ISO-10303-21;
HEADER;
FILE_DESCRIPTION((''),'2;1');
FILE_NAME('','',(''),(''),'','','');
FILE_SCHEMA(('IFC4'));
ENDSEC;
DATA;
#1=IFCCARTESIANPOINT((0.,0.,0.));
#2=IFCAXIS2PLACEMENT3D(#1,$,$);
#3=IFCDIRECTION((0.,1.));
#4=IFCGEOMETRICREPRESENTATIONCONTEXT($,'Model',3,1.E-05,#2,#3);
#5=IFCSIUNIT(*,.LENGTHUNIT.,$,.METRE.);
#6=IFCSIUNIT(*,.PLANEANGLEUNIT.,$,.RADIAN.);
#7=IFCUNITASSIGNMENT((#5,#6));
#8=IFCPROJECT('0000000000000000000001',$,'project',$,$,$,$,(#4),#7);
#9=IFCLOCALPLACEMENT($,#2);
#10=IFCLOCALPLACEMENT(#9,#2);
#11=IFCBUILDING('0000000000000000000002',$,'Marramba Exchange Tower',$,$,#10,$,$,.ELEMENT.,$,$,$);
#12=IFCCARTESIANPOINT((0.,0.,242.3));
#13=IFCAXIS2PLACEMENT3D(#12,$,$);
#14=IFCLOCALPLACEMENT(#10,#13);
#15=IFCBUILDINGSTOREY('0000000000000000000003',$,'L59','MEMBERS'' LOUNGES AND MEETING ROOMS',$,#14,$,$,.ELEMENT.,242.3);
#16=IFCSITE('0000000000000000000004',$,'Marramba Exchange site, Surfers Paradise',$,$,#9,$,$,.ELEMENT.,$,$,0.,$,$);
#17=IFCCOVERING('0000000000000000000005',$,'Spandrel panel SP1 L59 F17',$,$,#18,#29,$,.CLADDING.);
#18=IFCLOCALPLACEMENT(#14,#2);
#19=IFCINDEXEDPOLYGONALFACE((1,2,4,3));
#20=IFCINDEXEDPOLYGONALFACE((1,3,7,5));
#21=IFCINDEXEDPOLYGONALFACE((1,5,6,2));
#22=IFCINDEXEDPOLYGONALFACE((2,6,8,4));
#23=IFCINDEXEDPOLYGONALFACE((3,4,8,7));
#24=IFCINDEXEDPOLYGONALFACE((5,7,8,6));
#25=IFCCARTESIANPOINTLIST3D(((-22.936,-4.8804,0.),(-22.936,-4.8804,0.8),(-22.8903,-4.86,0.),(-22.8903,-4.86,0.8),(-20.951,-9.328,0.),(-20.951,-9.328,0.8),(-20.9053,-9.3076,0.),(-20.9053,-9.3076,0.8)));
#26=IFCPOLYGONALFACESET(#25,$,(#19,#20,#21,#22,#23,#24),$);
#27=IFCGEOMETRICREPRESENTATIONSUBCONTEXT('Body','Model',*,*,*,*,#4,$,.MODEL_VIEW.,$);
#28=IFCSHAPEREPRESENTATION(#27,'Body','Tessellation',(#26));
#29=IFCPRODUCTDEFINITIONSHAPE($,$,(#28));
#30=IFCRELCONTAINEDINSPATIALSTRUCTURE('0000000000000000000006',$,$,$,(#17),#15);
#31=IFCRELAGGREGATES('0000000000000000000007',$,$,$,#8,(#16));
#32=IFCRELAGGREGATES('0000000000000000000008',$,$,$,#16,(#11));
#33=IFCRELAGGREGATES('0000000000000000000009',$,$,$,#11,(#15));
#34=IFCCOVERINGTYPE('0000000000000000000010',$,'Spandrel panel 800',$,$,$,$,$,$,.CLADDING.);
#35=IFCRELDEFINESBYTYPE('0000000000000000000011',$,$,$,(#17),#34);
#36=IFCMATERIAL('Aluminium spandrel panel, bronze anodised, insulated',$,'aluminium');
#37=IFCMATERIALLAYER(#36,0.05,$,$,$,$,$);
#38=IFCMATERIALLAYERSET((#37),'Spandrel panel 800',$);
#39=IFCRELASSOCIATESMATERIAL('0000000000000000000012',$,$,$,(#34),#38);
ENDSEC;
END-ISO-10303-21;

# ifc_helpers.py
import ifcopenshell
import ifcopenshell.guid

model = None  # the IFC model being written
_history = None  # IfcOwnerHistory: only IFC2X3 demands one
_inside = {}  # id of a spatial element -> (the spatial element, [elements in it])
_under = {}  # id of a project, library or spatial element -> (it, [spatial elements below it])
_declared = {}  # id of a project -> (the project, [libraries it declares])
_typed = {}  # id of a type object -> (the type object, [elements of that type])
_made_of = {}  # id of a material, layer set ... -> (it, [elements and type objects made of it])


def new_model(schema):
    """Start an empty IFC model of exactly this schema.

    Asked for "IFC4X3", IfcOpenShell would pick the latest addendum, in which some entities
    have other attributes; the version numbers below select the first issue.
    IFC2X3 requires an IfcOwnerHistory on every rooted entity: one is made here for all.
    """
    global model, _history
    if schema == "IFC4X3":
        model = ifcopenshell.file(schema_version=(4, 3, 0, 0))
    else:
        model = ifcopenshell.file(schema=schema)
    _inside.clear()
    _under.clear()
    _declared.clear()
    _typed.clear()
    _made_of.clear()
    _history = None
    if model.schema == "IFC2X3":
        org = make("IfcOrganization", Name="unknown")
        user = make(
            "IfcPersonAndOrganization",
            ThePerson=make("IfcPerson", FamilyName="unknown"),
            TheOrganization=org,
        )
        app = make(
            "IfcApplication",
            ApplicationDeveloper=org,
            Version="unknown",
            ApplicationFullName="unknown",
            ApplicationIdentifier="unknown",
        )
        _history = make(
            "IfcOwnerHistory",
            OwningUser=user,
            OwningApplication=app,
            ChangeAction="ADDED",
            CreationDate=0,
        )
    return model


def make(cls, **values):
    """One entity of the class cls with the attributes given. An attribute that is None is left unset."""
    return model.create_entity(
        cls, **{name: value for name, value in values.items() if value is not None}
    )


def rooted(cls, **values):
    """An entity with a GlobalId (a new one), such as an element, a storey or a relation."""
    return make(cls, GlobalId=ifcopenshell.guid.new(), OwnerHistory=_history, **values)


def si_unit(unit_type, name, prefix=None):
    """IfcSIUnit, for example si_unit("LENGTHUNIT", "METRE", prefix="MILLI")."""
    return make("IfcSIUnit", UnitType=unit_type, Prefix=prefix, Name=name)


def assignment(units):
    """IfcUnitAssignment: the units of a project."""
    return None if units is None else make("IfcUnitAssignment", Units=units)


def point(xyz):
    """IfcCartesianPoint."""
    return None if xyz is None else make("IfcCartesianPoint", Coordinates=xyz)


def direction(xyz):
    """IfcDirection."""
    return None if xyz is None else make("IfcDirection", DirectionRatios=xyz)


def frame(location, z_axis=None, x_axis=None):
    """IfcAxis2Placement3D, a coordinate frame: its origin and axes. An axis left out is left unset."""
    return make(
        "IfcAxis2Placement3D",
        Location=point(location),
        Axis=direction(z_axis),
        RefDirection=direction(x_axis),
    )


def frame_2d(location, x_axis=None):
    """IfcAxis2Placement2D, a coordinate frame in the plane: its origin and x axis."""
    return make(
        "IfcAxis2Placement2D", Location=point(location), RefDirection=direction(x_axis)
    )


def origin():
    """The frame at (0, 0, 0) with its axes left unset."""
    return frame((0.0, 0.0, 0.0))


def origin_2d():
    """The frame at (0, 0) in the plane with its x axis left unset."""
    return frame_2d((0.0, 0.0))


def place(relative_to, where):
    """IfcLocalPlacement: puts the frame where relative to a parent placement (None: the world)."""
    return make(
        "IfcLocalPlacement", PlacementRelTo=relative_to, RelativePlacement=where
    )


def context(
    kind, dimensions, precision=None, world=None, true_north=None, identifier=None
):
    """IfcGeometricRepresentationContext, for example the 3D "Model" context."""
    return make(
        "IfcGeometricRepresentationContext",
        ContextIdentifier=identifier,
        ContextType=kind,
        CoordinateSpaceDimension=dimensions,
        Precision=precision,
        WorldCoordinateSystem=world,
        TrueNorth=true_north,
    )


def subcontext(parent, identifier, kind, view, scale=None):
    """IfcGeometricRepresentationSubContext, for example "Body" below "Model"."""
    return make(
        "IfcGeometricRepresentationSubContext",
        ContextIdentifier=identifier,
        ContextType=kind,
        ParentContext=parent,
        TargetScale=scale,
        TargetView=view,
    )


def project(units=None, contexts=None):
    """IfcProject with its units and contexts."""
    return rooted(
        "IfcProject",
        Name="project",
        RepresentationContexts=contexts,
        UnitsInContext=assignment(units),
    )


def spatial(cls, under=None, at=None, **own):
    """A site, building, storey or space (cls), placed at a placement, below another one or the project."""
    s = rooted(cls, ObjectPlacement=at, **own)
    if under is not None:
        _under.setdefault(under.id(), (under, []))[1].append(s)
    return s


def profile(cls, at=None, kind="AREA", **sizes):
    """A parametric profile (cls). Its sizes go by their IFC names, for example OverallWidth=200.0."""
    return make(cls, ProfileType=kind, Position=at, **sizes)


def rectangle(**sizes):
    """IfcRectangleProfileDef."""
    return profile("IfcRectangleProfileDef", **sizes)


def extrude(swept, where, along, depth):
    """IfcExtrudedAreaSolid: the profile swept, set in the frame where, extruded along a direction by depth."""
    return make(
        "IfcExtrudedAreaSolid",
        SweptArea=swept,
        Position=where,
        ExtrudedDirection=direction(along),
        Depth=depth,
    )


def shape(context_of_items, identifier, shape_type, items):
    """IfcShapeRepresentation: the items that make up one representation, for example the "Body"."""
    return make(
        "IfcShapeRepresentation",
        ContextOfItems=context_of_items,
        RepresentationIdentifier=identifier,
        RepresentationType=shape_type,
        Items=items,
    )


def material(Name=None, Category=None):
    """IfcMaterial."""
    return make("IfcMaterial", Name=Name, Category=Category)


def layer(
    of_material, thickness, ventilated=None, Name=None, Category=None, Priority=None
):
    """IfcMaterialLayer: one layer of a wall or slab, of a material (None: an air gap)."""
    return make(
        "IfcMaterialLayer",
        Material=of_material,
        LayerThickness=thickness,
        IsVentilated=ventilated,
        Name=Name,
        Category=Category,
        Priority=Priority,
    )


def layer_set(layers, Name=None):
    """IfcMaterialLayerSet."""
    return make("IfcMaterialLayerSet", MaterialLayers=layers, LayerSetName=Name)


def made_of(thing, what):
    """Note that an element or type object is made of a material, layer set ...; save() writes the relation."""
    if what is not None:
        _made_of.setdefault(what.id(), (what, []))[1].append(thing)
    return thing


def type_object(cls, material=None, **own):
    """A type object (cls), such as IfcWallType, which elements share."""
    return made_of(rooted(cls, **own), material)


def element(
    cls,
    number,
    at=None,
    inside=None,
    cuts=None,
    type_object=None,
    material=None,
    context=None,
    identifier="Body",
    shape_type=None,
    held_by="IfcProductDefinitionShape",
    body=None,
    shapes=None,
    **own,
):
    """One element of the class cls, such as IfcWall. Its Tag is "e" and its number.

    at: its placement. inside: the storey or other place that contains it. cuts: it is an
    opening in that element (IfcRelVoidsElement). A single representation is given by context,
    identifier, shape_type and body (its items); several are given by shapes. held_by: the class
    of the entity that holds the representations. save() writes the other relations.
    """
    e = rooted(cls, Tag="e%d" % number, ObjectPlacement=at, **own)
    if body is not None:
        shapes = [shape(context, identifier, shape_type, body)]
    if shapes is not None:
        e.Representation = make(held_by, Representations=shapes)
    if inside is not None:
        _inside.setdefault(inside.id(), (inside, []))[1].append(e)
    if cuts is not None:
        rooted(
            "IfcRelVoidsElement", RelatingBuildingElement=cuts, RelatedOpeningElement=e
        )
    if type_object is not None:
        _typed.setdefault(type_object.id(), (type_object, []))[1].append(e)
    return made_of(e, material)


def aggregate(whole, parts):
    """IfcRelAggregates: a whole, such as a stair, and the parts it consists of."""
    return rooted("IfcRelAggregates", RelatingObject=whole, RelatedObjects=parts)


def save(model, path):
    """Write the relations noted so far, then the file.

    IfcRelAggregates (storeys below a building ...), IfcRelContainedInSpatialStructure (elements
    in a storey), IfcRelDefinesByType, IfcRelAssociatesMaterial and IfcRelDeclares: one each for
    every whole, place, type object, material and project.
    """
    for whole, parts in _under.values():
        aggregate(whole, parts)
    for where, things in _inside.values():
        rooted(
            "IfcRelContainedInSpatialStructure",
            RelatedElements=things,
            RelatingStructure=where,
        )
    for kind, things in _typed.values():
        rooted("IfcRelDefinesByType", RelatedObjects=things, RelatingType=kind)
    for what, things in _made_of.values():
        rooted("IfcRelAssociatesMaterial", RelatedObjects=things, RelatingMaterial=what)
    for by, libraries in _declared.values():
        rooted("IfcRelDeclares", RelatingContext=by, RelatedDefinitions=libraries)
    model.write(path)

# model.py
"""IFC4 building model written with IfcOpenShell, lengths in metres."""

from ifc_helpers import new_model, si_unit, direction, frame, origin, origin_2d, place, context, subcontext, project, spatial, rectangle, extrude, material, layer, layer_set, type_object, element, save


model = new_model("IFC4")

# Units and contexts
model_context = context("Model", 3, precision=1e-05, world=origin(), true_north=direction((0.0, 1.0)))
body_context = subcontext(model_context, "Body", "Model", "MODEL_VIEW")
ifc_project = project(units=[si_unit("LENGTHUNIT", "METRE"), si_unit("PLANEANGLEUNIT", "RADIAN")], contexts=[model_context])

# Site, building, storey
site_placement = place(None, origin())
site = spatial("IfcSite", under=ifc_project, at=site_placement, Name="Marramba Exchange site, Surfers Paradise", CompositionType="ELEMENT", RefElevation=0.0)
building_placement = place(site_placement, origin())
building = spatial("IfcBuilding", under=site, at=building_placement, Name="Marramba Exchange Tower", CompositionType="ELEMENT")
storey_placement = place(building_placement, frame((0.0, 0.0, 242.3)))
storey = spatial("IfcBuildingStorey", under=building, at=storey_placement, Name="L59", Description="MEMBERS' LOUNGES AND MEETING ROOMS", CompositionType="ELEMENT", Elevation=242.3)

# Covering
ifc_material_1 = material(Name="Aluminium spandrel panel, bronze anodised, insulated", Category="aluminium")
ifc_layer_1 = layer(ifc_material_1, 0.05)
ifc_layer_set_1 = layer_set([ifc_layer_1], Name="Spandrel panel 800")
covering_type = type_object("IfcCoveringType", Name="Spandrel panel 800", PredefinedType="CLADDING", material=ifc_layer_set_1)
covering_1_placement = place(storey_placement, frame((-21.9207, -7.094, 0.0), z_axis=(0.0, 0.0, 1.0), x_axis=(0.407558, -0.91318, 0.0)))
element("IfcCovering", 1, at=covering_1_placement, inside=storey, type_object=covering_type, Name="Spandrel panel SP1 L59 F17", PredefinedType="CLADDING", context=body_context, shape_type="SweptSolid", body=[
    extrude(rectangle(XDim=4.8704, YDim=0.05, at=origin_2d()), origin(), (0.0, 0.0, 1.0), 0.8),
])

save(model, "model.ifc")
